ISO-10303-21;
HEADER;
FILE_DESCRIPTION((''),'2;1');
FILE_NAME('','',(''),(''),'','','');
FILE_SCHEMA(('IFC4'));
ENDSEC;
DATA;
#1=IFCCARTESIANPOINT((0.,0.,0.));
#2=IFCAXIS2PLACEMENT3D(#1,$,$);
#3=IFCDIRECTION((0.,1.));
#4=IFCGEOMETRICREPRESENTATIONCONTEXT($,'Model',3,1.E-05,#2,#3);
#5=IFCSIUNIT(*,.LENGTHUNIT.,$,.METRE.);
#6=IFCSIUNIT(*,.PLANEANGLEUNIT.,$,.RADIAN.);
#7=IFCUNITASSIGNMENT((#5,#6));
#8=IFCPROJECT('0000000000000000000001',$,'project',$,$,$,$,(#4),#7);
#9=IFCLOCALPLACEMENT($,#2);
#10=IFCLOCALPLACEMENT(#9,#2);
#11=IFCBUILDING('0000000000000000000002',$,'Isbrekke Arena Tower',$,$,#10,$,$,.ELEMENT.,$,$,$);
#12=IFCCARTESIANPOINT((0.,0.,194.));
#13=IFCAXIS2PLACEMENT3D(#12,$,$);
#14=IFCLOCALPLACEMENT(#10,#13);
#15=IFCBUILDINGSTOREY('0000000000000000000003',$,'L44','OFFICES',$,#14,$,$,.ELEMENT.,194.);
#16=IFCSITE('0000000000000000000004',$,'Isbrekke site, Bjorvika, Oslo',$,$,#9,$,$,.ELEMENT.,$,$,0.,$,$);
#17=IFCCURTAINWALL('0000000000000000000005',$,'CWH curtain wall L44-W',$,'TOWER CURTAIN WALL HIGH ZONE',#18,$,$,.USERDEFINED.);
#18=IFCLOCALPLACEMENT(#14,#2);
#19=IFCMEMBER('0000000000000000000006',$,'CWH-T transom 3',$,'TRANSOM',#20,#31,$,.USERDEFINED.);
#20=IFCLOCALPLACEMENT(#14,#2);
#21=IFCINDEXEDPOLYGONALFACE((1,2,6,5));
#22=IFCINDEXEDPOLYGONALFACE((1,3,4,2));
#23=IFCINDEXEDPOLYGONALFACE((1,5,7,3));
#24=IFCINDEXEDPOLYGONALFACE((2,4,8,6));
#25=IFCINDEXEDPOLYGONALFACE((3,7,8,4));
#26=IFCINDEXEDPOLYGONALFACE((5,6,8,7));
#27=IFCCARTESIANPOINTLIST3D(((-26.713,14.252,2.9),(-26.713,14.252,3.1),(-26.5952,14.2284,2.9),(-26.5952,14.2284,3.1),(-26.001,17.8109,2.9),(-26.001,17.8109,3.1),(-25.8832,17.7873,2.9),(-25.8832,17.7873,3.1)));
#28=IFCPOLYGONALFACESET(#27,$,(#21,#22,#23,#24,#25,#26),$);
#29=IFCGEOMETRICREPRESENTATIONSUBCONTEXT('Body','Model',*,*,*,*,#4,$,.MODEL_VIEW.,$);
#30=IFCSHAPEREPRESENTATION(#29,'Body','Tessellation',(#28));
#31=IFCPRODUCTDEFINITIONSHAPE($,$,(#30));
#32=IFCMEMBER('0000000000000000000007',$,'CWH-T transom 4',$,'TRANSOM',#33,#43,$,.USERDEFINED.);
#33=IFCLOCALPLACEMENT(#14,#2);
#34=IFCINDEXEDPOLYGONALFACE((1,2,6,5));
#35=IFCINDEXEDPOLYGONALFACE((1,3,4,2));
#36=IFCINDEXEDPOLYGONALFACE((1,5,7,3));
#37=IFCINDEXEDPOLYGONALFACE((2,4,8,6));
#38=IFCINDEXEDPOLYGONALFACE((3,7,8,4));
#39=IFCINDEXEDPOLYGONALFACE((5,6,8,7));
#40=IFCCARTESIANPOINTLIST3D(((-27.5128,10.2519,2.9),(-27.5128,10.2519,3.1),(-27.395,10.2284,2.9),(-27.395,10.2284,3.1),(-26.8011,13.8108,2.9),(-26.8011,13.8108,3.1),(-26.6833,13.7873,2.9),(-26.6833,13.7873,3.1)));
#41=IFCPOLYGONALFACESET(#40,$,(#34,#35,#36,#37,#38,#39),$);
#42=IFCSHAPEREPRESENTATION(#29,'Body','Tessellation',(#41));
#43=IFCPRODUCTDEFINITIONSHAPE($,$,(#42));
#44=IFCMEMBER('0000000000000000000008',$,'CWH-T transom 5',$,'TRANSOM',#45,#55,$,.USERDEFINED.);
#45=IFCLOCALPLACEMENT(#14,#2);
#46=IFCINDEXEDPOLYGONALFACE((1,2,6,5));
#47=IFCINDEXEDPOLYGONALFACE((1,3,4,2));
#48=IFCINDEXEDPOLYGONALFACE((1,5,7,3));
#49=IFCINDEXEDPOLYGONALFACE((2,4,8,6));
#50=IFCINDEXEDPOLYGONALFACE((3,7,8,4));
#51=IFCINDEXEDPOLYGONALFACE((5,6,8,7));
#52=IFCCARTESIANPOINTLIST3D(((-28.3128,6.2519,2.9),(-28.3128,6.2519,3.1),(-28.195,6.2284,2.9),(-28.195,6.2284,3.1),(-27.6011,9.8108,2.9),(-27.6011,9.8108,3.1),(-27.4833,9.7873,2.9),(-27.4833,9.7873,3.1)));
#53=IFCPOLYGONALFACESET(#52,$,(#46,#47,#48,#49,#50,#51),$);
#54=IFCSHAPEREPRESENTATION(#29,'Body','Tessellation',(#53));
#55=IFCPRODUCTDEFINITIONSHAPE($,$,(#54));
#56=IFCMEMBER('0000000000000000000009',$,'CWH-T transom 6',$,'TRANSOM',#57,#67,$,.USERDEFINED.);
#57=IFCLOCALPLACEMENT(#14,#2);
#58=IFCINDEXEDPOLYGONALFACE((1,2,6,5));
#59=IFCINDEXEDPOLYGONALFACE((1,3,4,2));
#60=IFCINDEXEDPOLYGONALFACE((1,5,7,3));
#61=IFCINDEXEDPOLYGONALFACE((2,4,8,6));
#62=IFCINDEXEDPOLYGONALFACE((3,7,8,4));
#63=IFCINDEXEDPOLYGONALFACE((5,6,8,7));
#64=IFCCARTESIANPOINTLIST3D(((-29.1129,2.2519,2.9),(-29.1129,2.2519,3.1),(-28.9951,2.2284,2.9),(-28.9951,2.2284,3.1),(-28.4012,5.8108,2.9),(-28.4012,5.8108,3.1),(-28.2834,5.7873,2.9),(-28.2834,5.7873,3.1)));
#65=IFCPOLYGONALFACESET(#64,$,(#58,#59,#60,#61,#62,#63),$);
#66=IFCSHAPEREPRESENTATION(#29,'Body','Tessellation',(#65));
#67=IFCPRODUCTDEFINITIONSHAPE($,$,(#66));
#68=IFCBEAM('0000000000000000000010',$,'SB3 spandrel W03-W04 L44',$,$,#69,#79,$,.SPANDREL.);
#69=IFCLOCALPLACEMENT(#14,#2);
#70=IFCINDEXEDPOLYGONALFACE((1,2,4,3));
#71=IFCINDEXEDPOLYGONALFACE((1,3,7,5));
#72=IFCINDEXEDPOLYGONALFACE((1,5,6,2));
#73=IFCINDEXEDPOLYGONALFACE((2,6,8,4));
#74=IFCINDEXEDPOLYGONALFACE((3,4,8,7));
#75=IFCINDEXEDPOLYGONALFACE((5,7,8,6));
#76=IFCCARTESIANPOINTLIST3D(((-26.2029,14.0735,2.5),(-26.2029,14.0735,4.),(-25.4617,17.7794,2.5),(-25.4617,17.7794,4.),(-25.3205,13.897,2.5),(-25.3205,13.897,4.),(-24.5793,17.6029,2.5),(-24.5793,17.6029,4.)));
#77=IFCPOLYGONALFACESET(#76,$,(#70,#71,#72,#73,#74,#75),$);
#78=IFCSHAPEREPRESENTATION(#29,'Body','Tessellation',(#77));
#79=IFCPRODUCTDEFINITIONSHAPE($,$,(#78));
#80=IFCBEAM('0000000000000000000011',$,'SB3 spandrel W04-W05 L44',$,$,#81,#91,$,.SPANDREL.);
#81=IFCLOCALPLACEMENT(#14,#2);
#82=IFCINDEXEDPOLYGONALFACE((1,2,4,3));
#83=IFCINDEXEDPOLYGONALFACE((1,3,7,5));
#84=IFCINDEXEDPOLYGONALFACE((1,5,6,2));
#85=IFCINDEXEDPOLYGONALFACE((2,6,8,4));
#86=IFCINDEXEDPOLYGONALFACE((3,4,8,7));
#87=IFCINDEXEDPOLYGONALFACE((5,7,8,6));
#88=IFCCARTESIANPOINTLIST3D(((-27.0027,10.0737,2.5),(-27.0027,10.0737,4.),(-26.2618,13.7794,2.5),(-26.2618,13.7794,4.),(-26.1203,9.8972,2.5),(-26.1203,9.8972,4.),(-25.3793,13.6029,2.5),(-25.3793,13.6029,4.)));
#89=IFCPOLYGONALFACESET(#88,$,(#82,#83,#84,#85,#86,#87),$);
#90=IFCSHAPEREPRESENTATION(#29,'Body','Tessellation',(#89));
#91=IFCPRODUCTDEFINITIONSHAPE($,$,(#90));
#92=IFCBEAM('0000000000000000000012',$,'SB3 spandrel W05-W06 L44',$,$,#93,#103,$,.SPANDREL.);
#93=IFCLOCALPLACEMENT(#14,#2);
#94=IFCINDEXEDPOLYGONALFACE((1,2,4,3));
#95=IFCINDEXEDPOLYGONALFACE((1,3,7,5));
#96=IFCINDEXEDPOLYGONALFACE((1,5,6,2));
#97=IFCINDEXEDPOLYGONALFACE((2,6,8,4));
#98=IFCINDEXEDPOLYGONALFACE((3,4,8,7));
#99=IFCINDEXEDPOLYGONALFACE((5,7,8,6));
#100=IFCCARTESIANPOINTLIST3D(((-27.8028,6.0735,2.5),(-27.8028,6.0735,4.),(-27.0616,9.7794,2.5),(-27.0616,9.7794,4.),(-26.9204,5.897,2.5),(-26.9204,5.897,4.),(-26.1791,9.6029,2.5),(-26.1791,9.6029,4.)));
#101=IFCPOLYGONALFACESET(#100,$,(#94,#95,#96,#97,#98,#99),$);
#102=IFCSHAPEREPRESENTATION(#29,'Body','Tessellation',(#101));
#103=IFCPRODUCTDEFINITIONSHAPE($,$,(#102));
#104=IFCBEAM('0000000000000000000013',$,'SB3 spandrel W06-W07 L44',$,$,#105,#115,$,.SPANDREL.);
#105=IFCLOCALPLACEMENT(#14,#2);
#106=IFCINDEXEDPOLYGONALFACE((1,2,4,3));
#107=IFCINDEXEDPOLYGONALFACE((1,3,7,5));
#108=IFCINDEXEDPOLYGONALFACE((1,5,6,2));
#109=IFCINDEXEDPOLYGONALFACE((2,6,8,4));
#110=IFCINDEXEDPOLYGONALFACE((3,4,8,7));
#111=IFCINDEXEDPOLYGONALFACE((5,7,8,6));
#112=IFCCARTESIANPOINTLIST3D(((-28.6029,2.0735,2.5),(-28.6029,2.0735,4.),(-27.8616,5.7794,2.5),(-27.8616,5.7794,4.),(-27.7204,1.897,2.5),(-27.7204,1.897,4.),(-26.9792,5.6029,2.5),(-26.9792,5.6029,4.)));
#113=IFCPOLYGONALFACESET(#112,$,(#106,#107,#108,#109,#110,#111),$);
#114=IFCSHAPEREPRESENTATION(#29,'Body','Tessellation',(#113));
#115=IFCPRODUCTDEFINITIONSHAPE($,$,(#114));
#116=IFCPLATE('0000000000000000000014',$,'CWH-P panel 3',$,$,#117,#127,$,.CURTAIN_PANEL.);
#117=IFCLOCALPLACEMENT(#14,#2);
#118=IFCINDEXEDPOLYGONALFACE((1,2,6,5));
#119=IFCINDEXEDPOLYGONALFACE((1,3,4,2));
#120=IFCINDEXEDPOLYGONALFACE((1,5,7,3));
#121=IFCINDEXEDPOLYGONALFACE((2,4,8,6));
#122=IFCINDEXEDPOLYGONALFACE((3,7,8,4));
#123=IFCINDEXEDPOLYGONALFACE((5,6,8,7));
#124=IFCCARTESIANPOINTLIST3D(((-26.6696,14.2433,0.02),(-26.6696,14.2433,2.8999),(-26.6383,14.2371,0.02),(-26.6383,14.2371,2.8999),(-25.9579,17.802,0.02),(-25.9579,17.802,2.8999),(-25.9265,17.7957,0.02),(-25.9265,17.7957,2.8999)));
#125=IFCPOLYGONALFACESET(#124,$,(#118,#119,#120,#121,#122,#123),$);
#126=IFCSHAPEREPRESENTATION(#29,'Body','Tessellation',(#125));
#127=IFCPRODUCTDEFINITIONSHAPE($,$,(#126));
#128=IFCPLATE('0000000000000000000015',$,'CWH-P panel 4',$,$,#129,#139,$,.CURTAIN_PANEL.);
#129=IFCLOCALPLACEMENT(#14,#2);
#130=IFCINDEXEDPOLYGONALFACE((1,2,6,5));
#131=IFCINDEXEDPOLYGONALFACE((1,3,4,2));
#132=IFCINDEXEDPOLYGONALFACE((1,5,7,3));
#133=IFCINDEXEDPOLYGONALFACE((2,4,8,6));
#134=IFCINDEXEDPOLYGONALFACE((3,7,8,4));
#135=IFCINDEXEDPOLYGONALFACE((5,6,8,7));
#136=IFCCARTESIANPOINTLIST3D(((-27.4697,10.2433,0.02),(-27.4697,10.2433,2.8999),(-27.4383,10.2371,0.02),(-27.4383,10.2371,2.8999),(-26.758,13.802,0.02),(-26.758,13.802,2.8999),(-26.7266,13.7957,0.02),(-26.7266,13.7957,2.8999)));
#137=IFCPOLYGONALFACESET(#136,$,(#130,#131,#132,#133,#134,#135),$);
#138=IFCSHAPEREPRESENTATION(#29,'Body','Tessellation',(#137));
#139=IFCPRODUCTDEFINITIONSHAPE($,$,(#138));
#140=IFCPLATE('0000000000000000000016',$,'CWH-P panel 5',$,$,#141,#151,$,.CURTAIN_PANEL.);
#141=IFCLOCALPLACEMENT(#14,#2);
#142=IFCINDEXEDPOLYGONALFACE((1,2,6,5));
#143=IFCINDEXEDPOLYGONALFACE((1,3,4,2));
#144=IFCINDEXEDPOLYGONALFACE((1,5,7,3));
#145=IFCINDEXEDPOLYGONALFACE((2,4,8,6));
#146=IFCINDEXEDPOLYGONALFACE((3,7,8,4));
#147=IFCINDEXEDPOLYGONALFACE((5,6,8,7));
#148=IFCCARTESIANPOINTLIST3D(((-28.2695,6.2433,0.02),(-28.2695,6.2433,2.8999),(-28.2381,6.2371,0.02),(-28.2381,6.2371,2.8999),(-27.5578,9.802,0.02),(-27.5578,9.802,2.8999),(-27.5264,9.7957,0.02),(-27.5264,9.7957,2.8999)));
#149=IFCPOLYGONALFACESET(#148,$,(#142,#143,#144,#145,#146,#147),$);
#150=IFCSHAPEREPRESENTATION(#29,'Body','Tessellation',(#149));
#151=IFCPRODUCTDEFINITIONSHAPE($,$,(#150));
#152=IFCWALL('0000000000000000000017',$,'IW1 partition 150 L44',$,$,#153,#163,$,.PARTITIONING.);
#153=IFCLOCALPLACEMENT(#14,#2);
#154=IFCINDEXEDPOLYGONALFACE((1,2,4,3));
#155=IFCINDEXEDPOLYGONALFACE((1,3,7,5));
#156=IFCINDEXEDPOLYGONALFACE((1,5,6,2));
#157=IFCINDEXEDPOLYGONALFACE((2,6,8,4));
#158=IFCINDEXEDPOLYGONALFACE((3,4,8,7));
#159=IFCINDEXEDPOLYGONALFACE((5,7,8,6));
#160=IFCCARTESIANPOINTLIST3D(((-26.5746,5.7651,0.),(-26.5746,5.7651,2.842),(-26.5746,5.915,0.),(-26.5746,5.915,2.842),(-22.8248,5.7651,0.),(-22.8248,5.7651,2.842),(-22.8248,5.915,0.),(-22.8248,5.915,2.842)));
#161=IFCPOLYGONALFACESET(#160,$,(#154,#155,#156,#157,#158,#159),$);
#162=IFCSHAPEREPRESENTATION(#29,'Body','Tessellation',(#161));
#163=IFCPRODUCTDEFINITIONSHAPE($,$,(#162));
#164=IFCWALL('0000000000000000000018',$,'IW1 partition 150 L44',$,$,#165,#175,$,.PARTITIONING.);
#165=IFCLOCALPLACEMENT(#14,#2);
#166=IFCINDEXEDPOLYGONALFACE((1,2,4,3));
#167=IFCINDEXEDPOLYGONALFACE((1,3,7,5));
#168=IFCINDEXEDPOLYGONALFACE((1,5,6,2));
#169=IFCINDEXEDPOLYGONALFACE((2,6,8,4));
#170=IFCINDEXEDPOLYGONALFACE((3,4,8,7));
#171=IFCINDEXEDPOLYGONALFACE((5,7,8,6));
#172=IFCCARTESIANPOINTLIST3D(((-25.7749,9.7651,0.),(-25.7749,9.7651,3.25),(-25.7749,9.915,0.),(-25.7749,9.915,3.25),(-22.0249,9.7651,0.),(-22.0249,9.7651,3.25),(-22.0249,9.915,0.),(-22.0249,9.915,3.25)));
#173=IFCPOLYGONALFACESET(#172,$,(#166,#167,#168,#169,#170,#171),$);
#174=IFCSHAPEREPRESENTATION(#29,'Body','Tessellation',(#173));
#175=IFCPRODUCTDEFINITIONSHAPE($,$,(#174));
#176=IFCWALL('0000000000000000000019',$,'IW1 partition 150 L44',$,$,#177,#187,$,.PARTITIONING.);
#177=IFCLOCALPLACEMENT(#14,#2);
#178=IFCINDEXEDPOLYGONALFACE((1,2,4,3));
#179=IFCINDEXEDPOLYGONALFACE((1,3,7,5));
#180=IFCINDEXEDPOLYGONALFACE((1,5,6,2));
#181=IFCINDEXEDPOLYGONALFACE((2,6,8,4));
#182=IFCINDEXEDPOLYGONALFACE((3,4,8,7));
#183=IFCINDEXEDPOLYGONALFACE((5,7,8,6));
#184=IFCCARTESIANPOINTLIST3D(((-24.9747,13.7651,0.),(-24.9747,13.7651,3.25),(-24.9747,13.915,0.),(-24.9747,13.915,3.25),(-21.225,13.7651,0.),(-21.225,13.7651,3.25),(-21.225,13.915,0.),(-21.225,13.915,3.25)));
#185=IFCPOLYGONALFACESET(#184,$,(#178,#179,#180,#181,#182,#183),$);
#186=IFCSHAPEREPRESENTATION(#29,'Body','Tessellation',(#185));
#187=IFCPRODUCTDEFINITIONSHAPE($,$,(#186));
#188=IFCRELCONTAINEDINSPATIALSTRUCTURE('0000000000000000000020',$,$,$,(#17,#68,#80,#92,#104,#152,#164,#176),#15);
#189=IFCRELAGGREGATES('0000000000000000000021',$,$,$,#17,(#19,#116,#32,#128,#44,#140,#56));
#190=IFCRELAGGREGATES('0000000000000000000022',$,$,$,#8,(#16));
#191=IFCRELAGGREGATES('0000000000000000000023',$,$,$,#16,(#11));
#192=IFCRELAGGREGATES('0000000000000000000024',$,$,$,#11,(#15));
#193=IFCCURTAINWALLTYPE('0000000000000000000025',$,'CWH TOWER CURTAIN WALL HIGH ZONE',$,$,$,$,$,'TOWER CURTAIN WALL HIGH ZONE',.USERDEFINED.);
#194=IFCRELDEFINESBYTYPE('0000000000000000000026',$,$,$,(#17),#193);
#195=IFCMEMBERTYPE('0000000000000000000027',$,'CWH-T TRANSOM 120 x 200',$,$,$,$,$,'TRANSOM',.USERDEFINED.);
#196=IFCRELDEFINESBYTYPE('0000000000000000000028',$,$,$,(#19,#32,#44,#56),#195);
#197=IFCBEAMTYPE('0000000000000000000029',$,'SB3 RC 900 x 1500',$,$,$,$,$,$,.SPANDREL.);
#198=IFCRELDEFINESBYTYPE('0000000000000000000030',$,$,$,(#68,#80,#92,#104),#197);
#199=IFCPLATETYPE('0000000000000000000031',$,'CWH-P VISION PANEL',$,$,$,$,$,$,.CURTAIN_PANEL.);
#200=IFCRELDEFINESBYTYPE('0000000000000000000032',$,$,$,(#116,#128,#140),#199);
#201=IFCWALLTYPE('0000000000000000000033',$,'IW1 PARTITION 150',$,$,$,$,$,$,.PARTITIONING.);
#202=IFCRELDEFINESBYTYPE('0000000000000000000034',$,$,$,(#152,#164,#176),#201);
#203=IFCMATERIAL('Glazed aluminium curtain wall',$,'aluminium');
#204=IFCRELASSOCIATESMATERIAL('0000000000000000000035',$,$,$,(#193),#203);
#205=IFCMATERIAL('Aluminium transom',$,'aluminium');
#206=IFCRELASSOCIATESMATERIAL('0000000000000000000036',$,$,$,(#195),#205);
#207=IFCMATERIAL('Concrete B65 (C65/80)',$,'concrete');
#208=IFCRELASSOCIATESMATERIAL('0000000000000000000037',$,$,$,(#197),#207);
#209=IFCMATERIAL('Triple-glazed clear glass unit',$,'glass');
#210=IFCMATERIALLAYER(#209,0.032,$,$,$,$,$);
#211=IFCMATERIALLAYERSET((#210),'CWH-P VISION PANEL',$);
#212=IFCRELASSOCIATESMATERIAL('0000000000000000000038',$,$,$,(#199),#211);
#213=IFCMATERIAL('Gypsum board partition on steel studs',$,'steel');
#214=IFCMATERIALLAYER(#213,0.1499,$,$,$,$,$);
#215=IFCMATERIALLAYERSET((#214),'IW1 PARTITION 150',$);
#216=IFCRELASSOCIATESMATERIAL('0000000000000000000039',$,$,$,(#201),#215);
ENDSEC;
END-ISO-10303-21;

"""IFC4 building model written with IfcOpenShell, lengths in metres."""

from ifc_helpers import new_model, si_unit, direction, frame, frame_2d, origin, origin_2d, place, context, subcontext, project, spatial, rectangle, extrude, material, layer, layer_set, material_profile, profile_set, type_object, element, aggregate, save


model = new_model("IFC4")

# Units and contexts
model_context = context("Model", 3, precision=1e-05, world=origin(), true_north=direction((0.0, 1.0)))
body_context = subcontext(model_context, "Body", "Model", "MODEL_VIEW")
ifc_project = project(units=[si_unit("LENGTHUNIT", "METRE"), si_unit("PLANEANGLEUNIT", "RADIAN")], contexts=[model_context])

# Site, building, storey
site_placement = place(None, origin())
site = spatial("IfcSite", under=ifc_project, at=site_placement, Name="Isbrekke site, Bjorvika, Oslo", CompositionType="ELEMENT", RefElevation=0.0)
building_placement = place(site_placement, origin())
building = spatial("IfcBuilding", under=site, at=building_placement, Name="Isbrekke Arena Tower", CompositionType="ELEMENT")
storey_placement = place(building_placement, frame((0.0, 0.0, 194.0)))
storey = spatial("IfcBuildingStorey", under=building, at=storey_placement, Name="L44", Description="OFFICES", CompositionType="ELEMENT", Elevation=194.0)

# Curtain wall, members
ifc_material_1 = material(Name="Glazed aluminium curtain wall", Category="aluminium")
curtain_wall_type = type_object("IfcCurtainWallType", Name="CWH TOWER CURTAIN WALL HIGH ZONE", ElementType="TOWER CURTAIN WALL HIGH ZONE", PredefinedType="USERDEFINED", material=ifc_material_1)
curtain_wall_placement = place(storey_placement, origin())
curtain_wall = element("IfcCurtainWall", 1, at=curtain_wall_placement, inside=storey, type_object=curtain_wall_type, Name="CWH curtain wall L44-W", ObjectType="TOWER CURTAIN WALL HIGH ZONE", PredefinedType="USERDEFINED")
ifc_material_2 = material(Name="Aluminium transom", Category="aluminium")
ifc_material_profile_1 = material_profile(ifc_material_2, rectangle(XDim=0.1201, YDim=0.2, at=origin_2d()), Name="TRANSOM 120X200")
ifc_profile_set_1 = profile_set([ifc_material_profile_1], Name="Aluminium transom")
member_type_1 = type_object("IfcMemberType", Name="CWH-T TRANSOM 120 x 200", ElementType="TRANSOM", PredefinedType="USERDEFINED", material=ifc_profile_set_1)
member_1_placement = place(storey_placement, frame((-25.9421, 17.7991, 3.0), z_axis=(-0.196155, -0.980573, 0.0), x_axis=(0.980573, -0.196155, 0.0)))
member_1 = element("IfcMember", 2, at=member_1_placement, type_object=member_type_1, Name="CWH-T transom 3", ObjectType="TRANSOM", PredefinedType="USERDEFINED", context=body_context, shape_type="SweptSolid", body=[
    extrude(rectangle(XDim=0.1201, YDim=0.2, at=origin_2d()), origin(), (0.0, 0.0, 1.0), 3.6294),
])
member_2_placement = place(storey_placement, frame((-26.7422, 13.7991, 3.0), z_axis=(-0.19609, -0.980586, 0.0), x_axis=(0.980586, -0.19609, 0.0)))
member_2 = element("IfcMember", 3, at=member_2_placement, type_object=member_type_1, Name="CWH-T transom 4", ObjectType="TRANSOM", PredefinedType="USERDEFINED", context=body_context, shape_type="SweptSolid", body=[
    extrude(rectangle(XDim=0.1201, YDim=0.2, at=origin_2d()), origin(), (0.0, 0.0, 1.0), 3.6294),
])
member_3_placement = place(storey_placement, frame((-27.5422, 9.7991, 3.0), z_axis=(-0.19609, -0.980586, 0.0), x_axis=(0.980586, -0.19609, 0.0)))
member_3 = element("IfcMember", 4, at=member_3_placement, type_object=member_type_1, Name="CWH-T transom 5", ObjectType="TRANSOM", PredefinedType="USERDEFINED", context=body_context, shape_type="SweptSolid", body=[
    extrude(rectangle(XDim=0.1201, YDim=0.2, at=origin_2d()), origin(), (0.0, 0.0, 1.0), 3.6294),
])
member_4_placement = place(storey_placement, frame((-28.3423, 5.7991, 3.0), z_axis=(-0.19609, -0.980586, 0.0), x_axis=(0.980586, -0.19609, 0.0)))
member_4 = element("IfcMember", 5, at=member_4_placement, type_object=member_type_1, Name="CWH-T transom 6", ObjectType="TRANSOM", PredefinedType="USERDEFINED", context=body_context, shape_type="SweptSolid", body=[
    extrude(rectangle(XDim=0.1201, YDim=0.2, at=origin_2d()), origin(), (0.0, 0.0, 1.0), 3.6294),
])

# Beams
ifc_material_3 = material(Name="Concrete B65 (C65/80)", Category="concrete")
ifc_material_profile_2 = material_profile(ifc_material_3, rectangle(XDim=0.8999, YDim=1.5, at=origin_2d()), Name="RC 900x1500")
ifc_profile_set_2 = profile_set([ifc_material_profile_2], Name="Concrete B65 (C65/80)")
beam_type_1 = type_object("IfcBeamType", Name="SB3 RC 900 x 1500", PredefinedType="SPANDREL", material=ifc_profile_set_2)
beam_1_placement = place(storey_placement, frame((-25.0205, 17.6912, 3.25), z_axis=(-0.196129, -0.980578, 0.0), x_axis=(0.980578, -0.196129, 0.0)))
element("IfcBeam", 6, at=beam_1_placement, inside=storey, type_object=beam_type_1, Name="SB3 spandrel W03-W04 L44", PredefinedType="SPANDREL", context=body_context, shape_type="SweptSolid", body=[
    extrude(rectangle(XDim=0.8999, YDim=1.5, at=origin_2d()), origin(), (0.0, 0.0, 1.0), 3.7793),
])
beam_2_placement = place(storey_placement, frame((-25.8206, 13.6912, 3.25), z_axis=(-0.196066, -0.980591, 0.0), x_axis=(0.980591, -0.196066, 0.0)))
element("IfcBeam", 7, at=beam_2_placement, inside=storey, type_object=beam_type_1, Name="SB3 spandrel W04-W05 L44", PredefinedType="SPANDREL", context=body_context, shape_type="SweptSolid", body=[
    extrude(rectangle(XDim=0.8999, YDim=1.5, at=origin_2d()), origin(), (0.0, 0.0, 1.0), 3.7791),
])
for number, where, z_axis, x_axis, name in (
    (8, (-26.6204, 9.6912, 3.25), (-0.196129, -0.980578, 0.0), (0.980578, -0.196129, 0.0), "SB3 spandrel W05-W06 L44"),
    (9, (-27.4204, 5.6912, 3.25), (-0.196129, -0.980578, 0.0), (0.980578, -0.196129, 0.0), "SB3 spandrel W06-W07 L44"),
):
    element("IfcBeam", number, at=place(storey_placement, frame(where, z_axis=z_axis, x_axis=x_axis)), inside=storey, type_object=beam_type_1, Name=name, PredefinedType="SPANDREL", context=body_context, shape_type="SweptSolid", body=[
        extrude(rectangle(XDim=0.8999, YDim=1.5, at=origin_2d()), origin(), (0.0, 0.0, 1.0), 3.7793),
    ])

# Plates
ifc_material_4 = material(Name="Triple-glazed clear glass unit", Category="glass")
ifc_layer_1 = layer(ifc_material_4, 0.032)
ifc_layer_set_1 = layer_set([ifc_layer_1], Name="CWH-P VISION PANEL")
plate_type = type_object("IfcPlateType", Name="CWH-P VISION PANEL", PredefinedType="CURTAIN_PANEL", material=ifc_layer_set_1)
plate_1_placement = place(storey_placement, frame((-26.2981, 16.0195, 0.02), z_axis=(0.0, 0.0, 1.0), x_axis=(-0.196116, -0.980581, 0.0)))
plate_1 = element("IfcPlate", 10, at=plate_1_placement, type_object=plate_type, Name="CWH-P panel 3", PredefinedType="CURTAIN_PANEL", context=body_context, shape_type="SweptSolid", body=[
    extrude(rectangle(XDim=3.6292, YDim=0.032, at=origin_2d()), origin(), (0.0, 0.0, 1.0), 2.8799),
])
plate_2_placement = place(storey_placement, frame((-27.0981, 12.0195, 0.02), z_axis=(0.0, 0.0, 1.0), x_axis=(-0.196116, -0.980581, 0.0)))
plate_2 = element("IfcPlate", 11, at=plate_2_placement, type_object=plate_type, Name="CWH-P panel 4", PredefinedType="CURTAIN_PANEL", context=body_context, shape_type="SweptSolid", body=[
    extrude(rectangle(XDim=3.6292, YDim=0.032, at=origin_2d()), origin(), (0.0, 0.0, 1.0), 2.8799),
])
plate_3_placement = place(storey_placement, frame((-27.8979, 8.0195, 0.02), z_axis=(0.0, 0.0, 1.0), x_axis=(-0.196116, -0.980581, 0.0)))
plate_3 = element("IfcPlate", 12, at=plate_3_placement, type_object=plate_type, Name="CWH-P panel 5", PredefinedType="CURTAIN_PANEL", context=body_context, shape_type="SweptSolid", body=[
    extrude(rectangle(XDim=3.6292, YDim=0.032, at=origin_2d()), origin(), (0.0, 0.0, 1.0), 2.8799),
])
aggregate(curtain_wall, [member_1, plate_1, member_2, plate_2, member_3, plate_3, member_4])

# Walls
ifc_material_5 = material(Name="Gypsum board partition on steel studs", Category="steel")
ifc_layer_2 = layer(ifc_material_5, 0.1499)
ifc_layer_set_2 = layer_set([ifc_layer_2], Name="IW1 PARTITION 150")
wall_type_1 = type_object("IfcWallType", Name="IW1 PARTITION 150", PredefinedType="PARTITIONING", material=ifc_layer_set_2)
wall_1_placement = place(storey_placement, frame((-26.5747, 5.8401, 0.0), z_axis=(0.0, 0.0, 1.0), x_axis=(1.0, 0.0, 0.0)))
element("IfcWall", 13, at=wall_1_placement, inside=storey, type_object=wall_type_1, Name="IW1 partition 150 L44", PredefinedType="PARTITIONING", context=body_context, shape_type="SweptSolid", body=[
    extrude(rectangle(XDim=3.7498, YDim=0.1499, at=frame_2d((1.875, 0.0))), origin(), (0.0, 0.0, 1.0), 2.842),
])
wall_2_placement = place(storey_placement, frame((-25.7749, 9.8401, 0.0), z_axis=(0.0, 0.0, 1.0), x_axis=(1.0, 0.0, 0.0)))
element("IfcWall", 14, at=wall_2_placement, inside=storey, type_object=wall_type_1, Name="IW1 partition 150 L44", PredefinedType="PARTITIONING", context=body_context, shape_type="SweptSolid", body=[
    extrude(rectangle(XDim=3.75, YDim=0.1499, at=frame_2d((1.875, 0.0))), origin(), (0.0, 0.0, 1.0), 3.25),
])
wall_3_placement = place(storey_placement, frame((-24.9749, 13.8401, 0.0), z_axis=(0.0, 0.0, 1.0), x_axis=(1.0, 0.0, 0.0)))
element("IfcWall", 15, at=wall_3_placement, inside=storey, type_object=wall_type_1, Name="IW1 partition 150 L44", PredefinedType="PARTITIONING", context=body_context, shape_type="SweptSolid", body=[
    extrude(rectangle(XDim=3.7498, YDim=0.1499, at=frame_2d((1.875, 0.0))), origin(), (0.0, 0.0, 1.0), 3.25),
])

save(model, "model.ifc")
